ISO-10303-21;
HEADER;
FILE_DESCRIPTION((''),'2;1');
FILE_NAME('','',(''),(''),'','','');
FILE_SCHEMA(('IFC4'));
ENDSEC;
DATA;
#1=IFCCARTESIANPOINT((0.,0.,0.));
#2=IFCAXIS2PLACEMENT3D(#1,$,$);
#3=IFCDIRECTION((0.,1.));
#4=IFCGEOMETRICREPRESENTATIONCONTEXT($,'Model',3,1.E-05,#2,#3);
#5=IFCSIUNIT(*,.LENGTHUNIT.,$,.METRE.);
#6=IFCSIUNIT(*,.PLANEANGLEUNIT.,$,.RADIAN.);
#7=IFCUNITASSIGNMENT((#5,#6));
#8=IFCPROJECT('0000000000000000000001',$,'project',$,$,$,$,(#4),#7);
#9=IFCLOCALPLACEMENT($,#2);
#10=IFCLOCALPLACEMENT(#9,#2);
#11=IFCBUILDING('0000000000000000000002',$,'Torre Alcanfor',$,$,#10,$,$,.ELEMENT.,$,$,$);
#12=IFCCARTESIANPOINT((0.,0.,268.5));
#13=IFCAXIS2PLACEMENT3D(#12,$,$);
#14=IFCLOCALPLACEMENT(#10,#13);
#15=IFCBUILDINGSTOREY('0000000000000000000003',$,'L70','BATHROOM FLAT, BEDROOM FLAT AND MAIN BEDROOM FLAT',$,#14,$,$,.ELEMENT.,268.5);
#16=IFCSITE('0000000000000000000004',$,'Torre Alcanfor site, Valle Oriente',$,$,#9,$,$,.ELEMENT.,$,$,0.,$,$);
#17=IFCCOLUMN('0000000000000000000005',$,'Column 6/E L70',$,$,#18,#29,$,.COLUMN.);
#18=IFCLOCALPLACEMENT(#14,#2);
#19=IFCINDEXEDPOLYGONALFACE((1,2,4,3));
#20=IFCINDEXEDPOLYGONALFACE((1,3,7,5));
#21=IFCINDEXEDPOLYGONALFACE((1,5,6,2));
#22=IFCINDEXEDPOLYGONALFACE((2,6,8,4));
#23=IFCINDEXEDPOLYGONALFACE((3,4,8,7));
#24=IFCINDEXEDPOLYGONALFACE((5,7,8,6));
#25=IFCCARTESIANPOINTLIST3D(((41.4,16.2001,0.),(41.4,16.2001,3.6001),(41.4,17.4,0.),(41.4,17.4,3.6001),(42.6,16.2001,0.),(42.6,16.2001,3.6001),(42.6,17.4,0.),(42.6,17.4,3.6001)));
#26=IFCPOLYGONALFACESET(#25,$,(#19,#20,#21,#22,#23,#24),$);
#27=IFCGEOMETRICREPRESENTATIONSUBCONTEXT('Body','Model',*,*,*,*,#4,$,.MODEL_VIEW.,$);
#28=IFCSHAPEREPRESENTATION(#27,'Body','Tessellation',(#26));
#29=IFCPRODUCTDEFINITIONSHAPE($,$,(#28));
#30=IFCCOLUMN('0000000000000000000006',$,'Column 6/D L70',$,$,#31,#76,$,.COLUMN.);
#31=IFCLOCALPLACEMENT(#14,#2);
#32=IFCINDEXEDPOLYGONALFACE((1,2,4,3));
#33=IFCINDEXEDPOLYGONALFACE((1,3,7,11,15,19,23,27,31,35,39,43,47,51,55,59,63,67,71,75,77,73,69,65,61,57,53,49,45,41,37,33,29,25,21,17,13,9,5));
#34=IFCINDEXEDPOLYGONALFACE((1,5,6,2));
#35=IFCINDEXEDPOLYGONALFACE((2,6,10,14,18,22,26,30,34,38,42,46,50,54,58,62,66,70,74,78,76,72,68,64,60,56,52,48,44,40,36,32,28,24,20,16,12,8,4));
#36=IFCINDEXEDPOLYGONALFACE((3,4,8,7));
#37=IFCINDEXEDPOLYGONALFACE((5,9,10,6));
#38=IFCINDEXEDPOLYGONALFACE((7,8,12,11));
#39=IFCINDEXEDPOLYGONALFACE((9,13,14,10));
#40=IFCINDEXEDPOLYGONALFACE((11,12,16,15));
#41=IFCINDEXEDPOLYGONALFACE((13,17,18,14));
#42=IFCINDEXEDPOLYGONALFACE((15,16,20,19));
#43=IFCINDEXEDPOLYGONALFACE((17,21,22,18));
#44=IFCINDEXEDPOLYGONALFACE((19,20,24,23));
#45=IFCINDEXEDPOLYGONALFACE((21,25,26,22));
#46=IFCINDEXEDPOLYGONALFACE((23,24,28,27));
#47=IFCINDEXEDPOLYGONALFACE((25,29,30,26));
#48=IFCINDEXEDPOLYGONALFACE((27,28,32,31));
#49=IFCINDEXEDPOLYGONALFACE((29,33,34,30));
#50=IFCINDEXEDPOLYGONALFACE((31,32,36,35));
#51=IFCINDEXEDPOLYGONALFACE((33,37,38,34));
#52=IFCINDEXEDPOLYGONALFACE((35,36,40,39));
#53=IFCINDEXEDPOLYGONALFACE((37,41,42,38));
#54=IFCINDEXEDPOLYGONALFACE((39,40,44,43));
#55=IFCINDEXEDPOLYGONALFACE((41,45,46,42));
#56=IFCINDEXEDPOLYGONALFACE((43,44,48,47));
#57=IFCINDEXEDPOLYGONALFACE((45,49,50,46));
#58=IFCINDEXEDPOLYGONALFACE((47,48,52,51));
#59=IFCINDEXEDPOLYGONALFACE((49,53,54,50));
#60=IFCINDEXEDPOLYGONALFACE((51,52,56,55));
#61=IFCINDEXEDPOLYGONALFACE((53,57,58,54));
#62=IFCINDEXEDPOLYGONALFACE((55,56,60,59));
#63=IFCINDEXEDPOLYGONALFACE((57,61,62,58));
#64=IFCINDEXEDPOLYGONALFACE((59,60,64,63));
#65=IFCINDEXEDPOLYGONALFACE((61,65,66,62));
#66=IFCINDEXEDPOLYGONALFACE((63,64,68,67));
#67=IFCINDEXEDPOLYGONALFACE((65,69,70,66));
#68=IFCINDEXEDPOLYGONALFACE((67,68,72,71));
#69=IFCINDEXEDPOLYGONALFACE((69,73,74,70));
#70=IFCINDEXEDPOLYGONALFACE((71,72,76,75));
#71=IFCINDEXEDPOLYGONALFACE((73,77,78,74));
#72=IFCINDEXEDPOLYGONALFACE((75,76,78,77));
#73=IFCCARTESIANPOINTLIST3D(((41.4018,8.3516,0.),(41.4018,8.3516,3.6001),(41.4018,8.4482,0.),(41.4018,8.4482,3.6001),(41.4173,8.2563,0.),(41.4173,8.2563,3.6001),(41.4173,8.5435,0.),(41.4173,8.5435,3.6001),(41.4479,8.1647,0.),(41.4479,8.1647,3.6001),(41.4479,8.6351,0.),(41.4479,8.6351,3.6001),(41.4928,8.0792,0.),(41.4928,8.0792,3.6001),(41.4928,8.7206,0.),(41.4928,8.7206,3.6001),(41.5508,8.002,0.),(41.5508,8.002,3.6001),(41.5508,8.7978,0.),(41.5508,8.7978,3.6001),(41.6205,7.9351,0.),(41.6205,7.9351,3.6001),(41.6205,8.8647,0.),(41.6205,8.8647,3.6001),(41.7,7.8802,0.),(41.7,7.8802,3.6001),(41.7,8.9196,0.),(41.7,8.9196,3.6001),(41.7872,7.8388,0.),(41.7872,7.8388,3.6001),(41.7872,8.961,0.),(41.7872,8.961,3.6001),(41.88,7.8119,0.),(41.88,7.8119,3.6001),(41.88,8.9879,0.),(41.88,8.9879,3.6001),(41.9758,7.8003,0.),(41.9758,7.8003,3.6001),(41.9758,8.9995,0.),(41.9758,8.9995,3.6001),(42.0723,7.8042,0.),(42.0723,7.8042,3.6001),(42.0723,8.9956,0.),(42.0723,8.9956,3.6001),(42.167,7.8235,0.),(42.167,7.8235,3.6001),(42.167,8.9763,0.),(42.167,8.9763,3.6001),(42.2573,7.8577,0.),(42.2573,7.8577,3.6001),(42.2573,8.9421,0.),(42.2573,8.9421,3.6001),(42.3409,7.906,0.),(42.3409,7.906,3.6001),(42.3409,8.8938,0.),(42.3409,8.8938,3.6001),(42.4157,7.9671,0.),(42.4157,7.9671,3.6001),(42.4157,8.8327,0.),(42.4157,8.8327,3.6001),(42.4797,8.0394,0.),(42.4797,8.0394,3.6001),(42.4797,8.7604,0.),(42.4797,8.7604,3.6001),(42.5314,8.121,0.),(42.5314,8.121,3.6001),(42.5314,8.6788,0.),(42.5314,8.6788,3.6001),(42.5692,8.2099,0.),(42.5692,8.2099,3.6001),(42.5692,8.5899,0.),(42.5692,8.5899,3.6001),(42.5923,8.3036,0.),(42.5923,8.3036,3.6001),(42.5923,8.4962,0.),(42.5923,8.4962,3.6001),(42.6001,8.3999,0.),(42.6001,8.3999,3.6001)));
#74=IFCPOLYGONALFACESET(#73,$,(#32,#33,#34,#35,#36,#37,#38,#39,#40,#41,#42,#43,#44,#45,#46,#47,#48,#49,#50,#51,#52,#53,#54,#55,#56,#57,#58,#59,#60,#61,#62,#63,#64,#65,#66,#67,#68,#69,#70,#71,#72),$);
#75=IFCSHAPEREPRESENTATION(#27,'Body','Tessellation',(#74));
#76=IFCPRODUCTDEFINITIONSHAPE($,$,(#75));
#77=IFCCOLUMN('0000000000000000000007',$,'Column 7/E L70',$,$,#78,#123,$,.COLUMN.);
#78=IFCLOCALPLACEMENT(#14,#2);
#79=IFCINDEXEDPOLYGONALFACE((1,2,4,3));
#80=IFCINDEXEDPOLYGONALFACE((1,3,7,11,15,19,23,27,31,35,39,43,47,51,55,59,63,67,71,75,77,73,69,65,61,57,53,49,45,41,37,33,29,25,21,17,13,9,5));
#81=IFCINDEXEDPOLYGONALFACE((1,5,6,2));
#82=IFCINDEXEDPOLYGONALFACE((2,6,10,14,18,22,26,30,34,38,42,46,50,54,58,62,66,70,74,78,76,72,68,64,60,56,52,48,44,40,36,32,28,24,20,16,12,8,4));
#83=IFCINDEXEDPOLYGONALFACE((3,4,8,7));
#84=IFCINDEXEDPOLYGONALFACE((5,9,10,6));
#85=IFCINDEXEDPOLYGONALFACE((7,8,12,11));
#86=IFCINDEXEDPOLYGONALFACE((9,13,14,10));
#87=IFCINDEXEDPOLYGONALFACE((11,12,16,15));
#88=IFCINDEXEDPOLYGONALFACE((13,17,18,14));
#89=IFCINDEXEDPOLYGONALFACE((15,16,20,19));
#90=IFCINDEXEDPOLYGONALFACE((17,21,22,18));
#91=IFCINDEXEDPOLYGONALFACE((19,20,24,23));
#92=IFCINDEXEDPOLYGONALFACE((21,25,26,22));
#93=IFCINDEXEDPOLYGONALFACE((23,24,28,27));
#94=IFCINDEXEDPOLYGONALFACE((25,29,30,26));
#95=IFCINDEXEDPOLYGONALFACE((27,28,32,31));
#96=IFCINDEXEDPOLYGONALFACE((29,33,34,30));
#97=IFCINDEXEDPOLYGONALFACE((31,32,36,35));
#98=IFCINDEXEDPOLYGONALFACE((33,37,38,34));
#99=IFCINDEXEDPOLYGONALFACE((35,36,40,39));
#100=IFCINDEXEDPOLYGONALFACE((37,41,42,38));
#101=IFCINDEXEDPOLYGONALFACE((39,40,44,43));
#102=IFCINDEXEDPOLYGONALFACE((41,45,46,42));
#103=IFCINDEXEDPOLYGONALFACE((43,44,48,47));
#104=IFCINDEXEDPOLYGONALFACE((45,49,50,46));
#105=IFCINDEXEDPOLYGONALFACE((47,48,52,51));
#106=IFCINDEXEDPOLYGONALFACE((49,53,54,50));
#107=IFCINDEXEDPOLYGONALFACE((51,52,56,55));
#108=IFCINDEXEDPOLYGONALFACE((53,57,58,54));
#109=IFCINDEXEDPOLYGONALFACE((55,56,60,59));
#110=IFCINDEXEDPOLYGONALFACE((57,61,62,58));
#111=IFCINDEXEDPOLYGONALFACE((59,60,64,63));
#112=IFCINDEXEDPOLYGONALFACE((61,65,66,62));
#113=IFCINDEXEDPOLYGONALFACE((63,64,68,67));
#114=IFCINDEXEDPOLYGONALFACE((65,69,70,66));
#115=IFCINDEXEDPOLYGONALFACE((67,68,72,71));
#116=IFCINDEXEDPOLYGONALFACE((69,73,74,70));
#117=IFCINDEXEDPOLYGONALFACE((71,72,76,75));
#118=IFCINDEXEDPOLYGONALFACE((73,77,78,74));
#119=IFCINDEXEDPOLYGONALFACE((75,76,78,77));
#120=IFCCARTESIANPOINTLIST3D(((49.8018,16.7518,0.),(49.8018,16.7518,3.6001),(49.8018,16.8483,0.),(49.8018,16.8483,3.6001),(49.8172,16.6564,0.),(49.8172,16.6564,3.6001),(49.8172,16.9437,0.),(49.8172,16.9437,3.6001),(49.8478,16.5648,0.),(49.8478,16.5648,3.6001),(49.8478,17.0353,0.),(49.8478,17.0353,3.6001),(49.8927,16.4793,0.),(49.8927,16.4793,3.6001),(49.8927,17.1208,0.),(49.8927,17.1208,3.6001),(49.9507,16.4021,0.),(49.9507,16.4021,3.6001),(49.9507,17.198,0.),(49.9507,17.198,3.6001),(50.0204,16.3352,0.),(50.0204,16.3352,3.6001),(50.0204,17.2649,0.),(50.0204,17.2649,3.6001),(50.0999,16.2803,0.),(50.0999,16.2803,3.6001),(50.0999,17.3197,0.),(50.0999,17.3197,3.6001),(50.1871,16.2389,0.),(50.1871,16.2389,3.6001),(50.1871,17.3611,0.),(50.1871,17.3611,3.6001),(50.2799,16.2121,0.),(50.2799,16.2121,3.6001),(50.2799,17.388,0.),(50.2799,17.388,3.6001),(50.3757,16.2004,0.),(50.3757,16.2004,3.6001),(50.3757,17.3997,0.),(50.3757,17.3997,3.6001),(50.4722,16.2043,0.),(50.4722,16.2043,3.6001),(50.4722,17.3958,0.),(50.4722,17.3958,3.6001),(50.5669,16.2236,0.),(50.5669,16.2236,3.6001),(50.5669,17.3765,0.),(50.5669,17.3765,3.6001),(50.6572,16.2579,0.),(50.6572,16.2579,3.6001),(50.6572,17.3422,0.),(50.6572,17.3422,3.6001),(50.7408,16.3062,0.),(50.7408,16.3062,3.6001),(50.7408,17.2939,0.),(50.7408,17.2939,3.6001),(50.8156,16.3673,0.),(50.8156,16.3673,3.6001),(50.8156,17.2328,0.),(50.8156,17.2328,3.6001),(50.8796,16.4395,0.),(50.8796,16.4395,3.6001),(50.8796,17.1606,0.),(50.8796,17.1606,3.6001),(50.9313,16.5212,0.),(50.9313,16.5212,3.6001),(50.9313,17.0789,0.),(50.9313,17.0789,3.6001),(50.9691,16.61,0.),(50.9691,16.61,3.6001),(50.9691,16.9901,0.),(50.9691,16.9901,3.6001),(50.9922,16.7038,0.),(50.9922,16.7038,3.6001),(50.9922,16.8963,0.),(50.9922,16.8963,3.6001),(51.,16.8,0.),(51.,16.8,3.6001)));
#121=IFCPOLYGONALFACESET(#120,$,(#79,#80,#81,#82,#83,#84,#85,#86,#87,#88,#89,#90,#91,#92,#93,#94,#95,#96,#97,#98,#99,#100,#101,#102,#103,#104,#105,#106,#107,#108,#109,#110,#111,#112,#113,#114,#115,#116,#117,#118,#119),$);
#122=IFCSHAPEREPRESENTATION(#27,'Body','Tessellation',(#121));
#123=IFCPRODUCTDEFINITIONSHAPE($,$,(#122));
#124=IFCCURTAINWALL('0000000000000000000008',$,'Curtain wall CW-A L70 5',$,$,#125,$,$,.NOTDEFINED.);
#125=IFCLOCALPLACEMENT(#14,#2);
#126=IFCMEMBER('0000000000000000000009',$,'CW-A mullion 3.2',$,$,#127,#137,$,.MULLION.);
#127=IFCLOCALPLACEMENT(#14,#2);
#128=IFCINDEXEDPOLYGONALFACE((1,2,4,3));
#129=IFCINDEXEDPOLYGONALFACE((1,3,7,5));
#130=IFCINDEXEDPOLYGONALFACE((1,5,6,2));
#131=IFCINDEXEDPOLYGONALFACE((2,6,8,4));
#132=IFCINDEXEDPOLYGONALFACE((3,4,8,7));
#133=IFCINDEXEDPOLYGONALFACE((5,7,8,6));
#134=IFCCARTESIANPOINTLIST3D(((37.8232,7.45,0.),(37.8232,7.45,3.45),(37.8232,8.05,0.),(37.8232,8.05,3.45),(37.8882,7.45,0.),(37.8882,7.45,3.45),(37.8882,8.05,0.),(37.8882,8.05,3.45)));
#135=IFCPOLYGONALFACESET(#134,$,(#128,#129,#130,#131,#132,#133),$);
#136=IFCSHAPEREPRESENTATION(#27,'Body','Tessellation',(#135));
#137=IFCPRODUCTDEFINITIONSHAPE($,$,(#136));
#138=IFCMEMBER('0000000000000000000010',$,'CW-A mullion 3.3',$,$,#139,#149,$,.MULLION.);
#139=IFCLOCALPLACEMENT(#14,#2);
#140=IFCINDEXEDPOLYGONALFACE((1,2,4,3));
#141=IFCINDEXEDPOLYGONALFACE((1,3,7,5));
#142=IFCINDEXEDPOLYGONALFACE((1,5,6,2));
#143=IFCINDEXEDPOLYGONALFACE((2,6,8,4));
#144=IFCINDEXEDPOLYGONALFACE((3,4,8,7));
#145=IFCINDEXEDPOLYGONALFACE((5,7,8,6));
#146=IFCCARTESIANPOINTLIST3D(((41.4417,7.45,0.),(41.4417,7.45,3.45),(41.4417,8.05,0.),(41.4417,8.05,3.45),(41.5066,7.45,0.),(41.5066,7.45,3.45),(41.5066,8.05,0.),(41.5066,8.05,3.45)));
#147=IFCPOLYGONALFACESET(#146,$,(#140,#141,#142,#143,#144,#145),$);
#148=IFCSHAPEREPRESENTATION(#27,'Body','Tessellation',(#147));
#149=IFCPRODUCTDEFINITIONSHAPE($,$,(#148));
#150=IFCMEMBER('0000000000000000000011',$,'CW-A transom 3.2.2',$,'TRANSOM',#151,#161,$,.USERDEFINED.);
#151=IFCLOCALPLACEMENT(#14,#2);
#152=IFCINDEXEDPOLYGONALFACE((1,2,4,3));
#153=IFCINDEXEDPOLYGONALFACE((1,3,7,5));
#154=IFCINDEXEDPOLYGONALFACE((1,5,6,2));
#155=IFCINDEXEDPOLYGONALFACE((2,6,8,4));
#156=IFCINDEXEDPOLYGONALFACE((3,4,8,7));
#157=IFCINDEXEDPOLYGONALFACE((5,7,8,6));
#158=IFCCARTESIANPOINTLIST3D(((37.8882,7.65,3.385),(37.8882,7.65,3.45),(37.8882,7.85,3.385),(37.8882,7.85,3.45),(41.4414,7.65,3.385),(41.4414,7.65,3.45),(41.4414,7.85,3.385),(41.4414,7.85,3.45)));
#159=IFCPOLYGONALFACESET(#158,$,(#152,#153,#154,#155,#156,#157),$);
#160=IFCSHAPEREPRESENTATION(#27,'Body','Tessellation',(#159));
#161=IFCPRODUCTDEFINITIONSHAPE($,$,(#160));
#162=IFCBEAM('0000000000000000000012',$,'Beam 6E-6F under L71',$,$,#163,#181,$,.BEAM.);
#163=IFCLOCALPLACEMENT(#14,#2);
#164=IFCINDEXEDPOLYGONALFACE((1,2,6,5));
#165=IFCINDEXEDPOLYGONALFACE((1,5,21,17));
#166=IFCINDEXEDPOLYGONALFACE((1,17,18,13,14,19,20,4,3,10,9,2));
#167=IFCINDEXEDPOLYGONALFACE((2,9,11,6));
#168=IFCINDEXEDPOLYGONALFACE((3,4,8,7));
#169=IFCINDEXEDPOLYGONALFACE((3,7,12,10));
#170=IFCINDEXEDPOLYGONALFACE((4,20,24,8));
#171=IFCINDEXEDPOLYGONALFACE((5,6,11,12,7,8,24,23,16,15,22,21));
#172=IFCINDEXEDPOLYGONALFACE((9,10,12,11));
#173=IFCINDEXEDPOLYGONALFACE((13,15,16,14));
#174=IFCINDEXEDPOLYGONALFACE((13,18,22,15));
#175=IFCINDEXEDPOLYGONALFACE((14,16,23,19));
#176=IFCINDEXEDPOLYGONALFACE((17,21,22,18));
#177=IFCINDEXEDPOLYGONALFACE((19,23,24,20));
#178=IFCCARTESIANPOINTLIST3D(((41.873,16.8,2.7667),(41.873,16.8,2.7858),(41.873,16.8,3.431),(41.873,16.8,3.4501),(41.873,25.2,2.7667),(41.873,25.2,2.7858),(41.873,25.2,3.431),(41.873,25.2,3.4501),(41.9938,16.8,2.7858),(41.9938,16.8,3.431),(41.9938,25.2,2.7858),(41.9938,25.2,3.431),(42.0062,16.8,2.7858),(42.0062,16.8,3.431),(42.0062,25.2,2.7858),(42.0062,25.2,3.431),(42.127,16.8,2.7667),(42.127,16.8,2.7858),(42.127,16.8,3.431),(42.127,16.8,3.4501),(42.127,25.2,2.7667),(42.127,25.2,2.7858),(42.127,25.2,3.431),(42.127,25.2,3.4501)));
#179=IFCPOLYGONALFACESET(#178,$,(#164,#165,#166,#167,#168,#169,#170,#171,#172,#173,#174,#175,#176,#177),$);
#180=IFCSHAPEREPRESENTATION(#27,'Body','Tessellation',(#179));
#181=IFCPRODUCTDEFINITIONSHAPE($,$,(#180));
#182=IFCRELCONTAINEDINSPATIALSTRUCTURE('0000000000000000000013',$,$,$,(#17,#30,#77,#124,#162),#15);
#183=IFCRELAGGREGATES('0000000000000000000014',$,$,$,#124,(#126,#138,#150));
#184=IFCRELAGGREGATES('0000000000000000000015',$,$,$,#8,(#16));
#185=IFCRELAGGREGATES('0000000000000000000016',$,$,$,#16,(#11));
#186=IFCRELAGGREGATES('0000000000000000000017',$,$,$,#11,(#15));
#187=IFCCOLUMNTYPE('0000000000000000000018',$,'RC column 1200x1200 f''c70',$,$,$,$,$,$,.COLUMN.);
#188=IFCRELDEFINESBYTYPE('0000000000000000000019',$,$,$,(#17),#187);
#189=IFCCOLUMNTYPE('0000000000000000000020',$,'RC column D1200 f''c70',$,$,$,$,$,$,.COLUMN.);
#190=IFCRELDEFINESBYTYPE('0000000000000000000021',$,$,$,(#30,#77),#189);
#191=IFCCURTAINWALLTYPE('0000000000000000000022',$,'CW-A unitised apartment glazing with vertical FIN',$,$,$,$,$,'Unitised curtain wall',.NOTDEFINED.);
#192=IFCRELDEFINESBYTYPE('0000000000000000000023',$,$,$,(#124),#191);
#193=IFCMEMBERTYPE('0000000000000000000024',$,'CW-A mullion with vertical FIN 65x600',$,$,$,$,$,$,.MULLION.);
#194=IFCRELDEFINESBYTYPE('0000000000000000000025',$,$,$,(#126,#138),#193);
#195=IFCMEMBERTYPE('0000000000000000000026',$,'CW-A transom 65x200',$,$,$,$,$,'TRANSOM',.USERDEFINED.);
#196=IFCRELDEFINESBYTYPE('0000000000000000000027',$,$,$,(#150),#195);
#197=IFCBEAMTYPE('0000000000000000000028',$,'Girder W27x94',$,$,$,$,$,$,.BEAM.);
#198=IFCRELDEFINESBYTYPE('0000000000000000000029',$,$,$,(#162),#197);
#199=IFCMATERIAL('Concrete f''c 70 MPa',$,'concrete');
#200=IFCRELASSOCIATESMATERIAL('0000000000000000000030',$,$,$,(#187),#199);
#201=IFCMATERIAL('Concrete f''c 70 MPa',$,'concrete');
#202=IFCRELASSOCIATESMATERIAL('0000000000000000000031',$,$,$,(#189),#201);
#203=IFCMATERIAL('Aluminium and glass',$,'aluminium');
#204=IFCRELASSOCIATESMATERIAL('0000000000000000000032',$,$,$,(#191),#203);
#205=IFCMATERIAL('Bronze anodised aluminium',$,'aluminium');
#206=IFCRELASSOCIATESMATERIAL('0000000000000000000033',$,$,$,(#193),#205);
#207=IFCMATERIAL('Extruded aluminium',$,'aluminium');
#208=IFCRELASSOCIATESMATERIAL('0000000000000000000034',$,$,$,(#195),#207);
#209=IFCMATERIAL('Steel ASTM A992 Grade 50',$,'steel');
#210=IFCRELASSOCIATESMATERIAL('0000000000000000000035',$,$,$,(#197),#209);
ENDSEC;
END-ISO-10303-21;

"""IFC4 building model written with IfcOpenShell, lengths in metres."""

from ifc_helpers import new_model, si_unit, direction, frame, origin, origin_2d, place, context, subcontext, project, spatial, rectangle, circle, i_section, extrude, material, material_profile, profile_set, type_object, element, aggregate, save


model = new_model("IFC4")

# Units and contexts
model_context = context("Model", 3, precision=1e-05, world=origin(), true_north=direction((0.0, 1.0)))
body_context = subcontext(model_context, "Body", "Model", "MODEL_VIEW")
ifc_project = project(units=[si_unit("LENGTHUNIT", "METRE"), si_unit("PLANEANGLEUNIT", "RADIAN")], contexts=[model_context])

# Site, building, storey
site_placement = place(None, origin())
site = spatial("IfcSite", under=ifc_project, at=site_placement, Name="Torre Alcanfor site, Valle Oriente", CompositionType="ELEMENT", RefElevation=0.0)
building_placement = place(site_placement, origin())
building = spatial("IfcBuilding", under=site, at=building_placement, Name="Torre Alcanfor", CompositionType="ELEMENT")
storey_placement = place(building_placement, frame((0.0, 0.0, 268.5)))
storey = spatial("IfcBuildingStorey", under=building, at=storey_placement, Name="L70", Description="BATHROOM FLAT, BEDROOM FLAT AND MAIN BEDROOM FLAT", CompositionType="ELEMENT", Elevation=268.5)

# Columns
ifc_material_1 = material(Name="Concrete f'c 70 MPa", Category="concrete")
ifc_material_profile_1 = material_profile(ifc_material_1, rectangle(XDim=1.2, YDim=1.2, at=origin_2d()), Name="1200x1200")
ifc_profile_set_1 = profile_set([ifc_material_profile_1], Name="Concrete f'c 70 MPa")
column_type_1 = type_object("IfcColumnType", Name="RC column 1200x1200 f'c70", PredefinedType="COLUMN", material=ifc_profile_set_1)
column_placement = place(storey_placement, frame((42.0, 16.8, 0.0), z_axis=(0.0, 0.0, 1.0), x_axis=(1.0, 0.0, 0.0)))
element("IfcColumn", 1, at=column_placement, inside=storey, type_object=column_type_1, Name="Column 6/E L70", PredefinedType="COLUMN", context=body_context, shape_type="SweptSolid", body=[
    extrude(rectangle(XDim=1.2, YDim=1.2, at=origin_2d()), origin(), (0.0, 0.0, 1.0), 3.6001),
])
ifc_material_2 = material(Name="Concrete f'c 70 MPa", Category="concrete")
ifc_material_profile_2 = material_profile(ifc_material_2, circle(Radius=0.6001, at=origin_2d()), Name="D1200")
ifc_profile_set_2 = profile_set([ifc_material_profile_2], Name="Concrete f'c 70 MPa")
column_type_2 = type_object("IfcColumnType", Name="RC column D1200 f'c70", PredefinedType="COLUMN", material=ifc_profile_set_2)
for number, where, z_axis, x_axis, name in (
    (2, (42.0, 8.3999, 0.0), (0.0, 0.0, 1.0), (1.0, 0.0, 0.0), "Column 6/D L70"),
    (3, (50.3999, 16.8, 0.0), (0.0, 0.0, 1.0), (1.0, 0.0, 0.0), "Column 7/E L70"),
):
    element("IfcColumn", number, at=place(storey_placement, frame(where, z_axis=z_axis, x_axis=x_axis)), inside=storey, type_object=column_type_2, Name=name, PredefinedType="COLUMN", context=body_context, shape_type="SweptSolid", body=[
        extrude(circle(Radius=0.6001, at=origin_2d()), origin(), (0.0, 0.0, 1.0), 3.6001),
    ])

# Curtain wall, members
ifc_material_3 = material(Name="Aluminium and glass", Category="aluminium")
curtain_wall_type = type_object("IfcCurtainWallType", Name="CW-A unitised apartment glazing with vertical FIN", ElementType="Unitised curtain wall", PredefinedType="NOTDEFINED", material=ifc_material_3)
curtain_wall_placement = place(storey_placement, origin())
curtain_wall = element("IfcCurtainWall", 4, at=curtain_wall_placement, inside=storey, type_object=curtain_wall_type, Name="Curtain wall CW-A L70 5", PredefinedType="NOTDEFINED")
ifc_material_4 = material(Name="Bronze anodised aluminium", Category="aluminium")
ifc_material_profile_3 = material_profile(ifc_material_4, rectangle(XDim=0.6001, YDim=0.0649, at=origin_2d()), Name="CW-A mullion 65x600")
ifc_profile_set_3 = profile_set([ifc_material_profile_3], Name="Bronze anodised aluminium")
member_type_1 = type_object("IfcMemberType", Name="CW-A mullion with vertical FIN 65x600", PredefinedType="MULLION", material=ifc_profile_set_3)
member_1_placement = place(storey_placement, frame((37.8557, 7.75, 0.0), z_axis=(0.0, 0.0, 1.0), x_axis=(0.0, 1.0, 0.0)))
member_1 = element("IfcMember", 5, at=member_1_placement, type_object=member_type_1, Name="CW-A mullion 3.2", PredefinedType="MULLION", context=body_context, shape_type="SweptSolid", body=[
    extrude(rectangle(XDim=0.6001, YDim=0.0649, at=origin_2d()), origin(), (0.0, 0.0, 1.0), 3.45),
])
member_2_placement = place(storey_placement, frame((41.4741, 7.75, 0.0), z_axis=(0.0, 0.0, 1.0), x_axis=(0.0, 1.0, 0.0)))
member_2 = element("IfcMember", 6, at=member_2_placement, type_object=member_type_1, Name="CW-A mullion 3.3", PredefinedType="MULLION", context=body_context, shape_type="SweptSolid", body=[
    extrude(rectangle(XDim=0.6001, YDim=0.0649, at=origin_2d()), origin(), (0.0, 0.0, 1.0), 3.45),
])
ifc_material_5 = material(Name="Extruded aluminium", Category="aluminium")
ifc_material_profile_4 = material_profile(ifc_material_5, rectangle(XDim=0.2, YDim=0.0649, at=origin_2d()), Name="CW-A transom 200x65")
ifc_profile_set_4 = profile_set([ifc_material_profile_4], Name="Extruded aluminium")
member_type_2 = type_object("IfcMemberType", Name="CW-A transom 65x200", ElementType="TRANSOM", PredefinedType="USERDEFINED", material=ifc_profile_set_4)
member_3_placement = place(storey_placement, frame((37.8882, 7.75, 3.4175), z_axis=(1.0, 0.0, 0.0), x_axis=(0.0, 1.0, 0.0)))
member_3 = element("IfcMember", 7, at=member_3_placement, type_object=member_type_2, Name="CW-A transom 3.2.2", ObjectType="TRANSOM", PredefinedType="USERDEFINED", context=body_context, shape_type="SweptSolid", body=[
    extrude(rectangle(XDim=0.2, YDim=0.0649, at=origin_2d()), origin(), (0.0, 0.0, 1.0), 3.5532),
])

# Beam
ifc_material_6 = material(Name="Steel ASTM A992 Grade 50", Category="steel")
ifc_material_profile_5 = material_profile(ifc_material_6, i_section(OverallWidth=0.2539, OverallDepth=0.6833, WebThickness=0.0125, FlangeThickness=0.019, at=origin_2d()), Name="W27x94")
ifc_profile_set_5 = profile_set([ifc_material_profile_5], Name="Steel ASTM A992 Grade 50")
beam_type_1 = type_object("IfcBeamType", Name="Girder W27x94", PredefinedType="BEAM", material=ifc_profile_set_5)
beam_1_placement = place(storey_placement, frame((42.0, 16.8, 3.1084), z_axis=(0.0, 1.0, 0.0), x_axis=(-1.0, 0.0, 0.0)))
element("IfcBeam", 8, at=beam_1_placement, inside=storey, type_object=beam_type_1, Name="Beam 6E-6F under L71", PredefinedType="BEAM", context=body_context, shape_type="SweptSolid", body=[
    extrude(i_section(OverallWidth=0.2539, OverallDepth=0.6833, WebThickness=0.0125, FlangeThickness=0.019, at=origin_2d()), origin(), (0.0, 0.0, 1.0), 8.3999),
])

aggregate(curtain_wall, [member_1, member_2, member_3])

save(model, "model.ifc")
